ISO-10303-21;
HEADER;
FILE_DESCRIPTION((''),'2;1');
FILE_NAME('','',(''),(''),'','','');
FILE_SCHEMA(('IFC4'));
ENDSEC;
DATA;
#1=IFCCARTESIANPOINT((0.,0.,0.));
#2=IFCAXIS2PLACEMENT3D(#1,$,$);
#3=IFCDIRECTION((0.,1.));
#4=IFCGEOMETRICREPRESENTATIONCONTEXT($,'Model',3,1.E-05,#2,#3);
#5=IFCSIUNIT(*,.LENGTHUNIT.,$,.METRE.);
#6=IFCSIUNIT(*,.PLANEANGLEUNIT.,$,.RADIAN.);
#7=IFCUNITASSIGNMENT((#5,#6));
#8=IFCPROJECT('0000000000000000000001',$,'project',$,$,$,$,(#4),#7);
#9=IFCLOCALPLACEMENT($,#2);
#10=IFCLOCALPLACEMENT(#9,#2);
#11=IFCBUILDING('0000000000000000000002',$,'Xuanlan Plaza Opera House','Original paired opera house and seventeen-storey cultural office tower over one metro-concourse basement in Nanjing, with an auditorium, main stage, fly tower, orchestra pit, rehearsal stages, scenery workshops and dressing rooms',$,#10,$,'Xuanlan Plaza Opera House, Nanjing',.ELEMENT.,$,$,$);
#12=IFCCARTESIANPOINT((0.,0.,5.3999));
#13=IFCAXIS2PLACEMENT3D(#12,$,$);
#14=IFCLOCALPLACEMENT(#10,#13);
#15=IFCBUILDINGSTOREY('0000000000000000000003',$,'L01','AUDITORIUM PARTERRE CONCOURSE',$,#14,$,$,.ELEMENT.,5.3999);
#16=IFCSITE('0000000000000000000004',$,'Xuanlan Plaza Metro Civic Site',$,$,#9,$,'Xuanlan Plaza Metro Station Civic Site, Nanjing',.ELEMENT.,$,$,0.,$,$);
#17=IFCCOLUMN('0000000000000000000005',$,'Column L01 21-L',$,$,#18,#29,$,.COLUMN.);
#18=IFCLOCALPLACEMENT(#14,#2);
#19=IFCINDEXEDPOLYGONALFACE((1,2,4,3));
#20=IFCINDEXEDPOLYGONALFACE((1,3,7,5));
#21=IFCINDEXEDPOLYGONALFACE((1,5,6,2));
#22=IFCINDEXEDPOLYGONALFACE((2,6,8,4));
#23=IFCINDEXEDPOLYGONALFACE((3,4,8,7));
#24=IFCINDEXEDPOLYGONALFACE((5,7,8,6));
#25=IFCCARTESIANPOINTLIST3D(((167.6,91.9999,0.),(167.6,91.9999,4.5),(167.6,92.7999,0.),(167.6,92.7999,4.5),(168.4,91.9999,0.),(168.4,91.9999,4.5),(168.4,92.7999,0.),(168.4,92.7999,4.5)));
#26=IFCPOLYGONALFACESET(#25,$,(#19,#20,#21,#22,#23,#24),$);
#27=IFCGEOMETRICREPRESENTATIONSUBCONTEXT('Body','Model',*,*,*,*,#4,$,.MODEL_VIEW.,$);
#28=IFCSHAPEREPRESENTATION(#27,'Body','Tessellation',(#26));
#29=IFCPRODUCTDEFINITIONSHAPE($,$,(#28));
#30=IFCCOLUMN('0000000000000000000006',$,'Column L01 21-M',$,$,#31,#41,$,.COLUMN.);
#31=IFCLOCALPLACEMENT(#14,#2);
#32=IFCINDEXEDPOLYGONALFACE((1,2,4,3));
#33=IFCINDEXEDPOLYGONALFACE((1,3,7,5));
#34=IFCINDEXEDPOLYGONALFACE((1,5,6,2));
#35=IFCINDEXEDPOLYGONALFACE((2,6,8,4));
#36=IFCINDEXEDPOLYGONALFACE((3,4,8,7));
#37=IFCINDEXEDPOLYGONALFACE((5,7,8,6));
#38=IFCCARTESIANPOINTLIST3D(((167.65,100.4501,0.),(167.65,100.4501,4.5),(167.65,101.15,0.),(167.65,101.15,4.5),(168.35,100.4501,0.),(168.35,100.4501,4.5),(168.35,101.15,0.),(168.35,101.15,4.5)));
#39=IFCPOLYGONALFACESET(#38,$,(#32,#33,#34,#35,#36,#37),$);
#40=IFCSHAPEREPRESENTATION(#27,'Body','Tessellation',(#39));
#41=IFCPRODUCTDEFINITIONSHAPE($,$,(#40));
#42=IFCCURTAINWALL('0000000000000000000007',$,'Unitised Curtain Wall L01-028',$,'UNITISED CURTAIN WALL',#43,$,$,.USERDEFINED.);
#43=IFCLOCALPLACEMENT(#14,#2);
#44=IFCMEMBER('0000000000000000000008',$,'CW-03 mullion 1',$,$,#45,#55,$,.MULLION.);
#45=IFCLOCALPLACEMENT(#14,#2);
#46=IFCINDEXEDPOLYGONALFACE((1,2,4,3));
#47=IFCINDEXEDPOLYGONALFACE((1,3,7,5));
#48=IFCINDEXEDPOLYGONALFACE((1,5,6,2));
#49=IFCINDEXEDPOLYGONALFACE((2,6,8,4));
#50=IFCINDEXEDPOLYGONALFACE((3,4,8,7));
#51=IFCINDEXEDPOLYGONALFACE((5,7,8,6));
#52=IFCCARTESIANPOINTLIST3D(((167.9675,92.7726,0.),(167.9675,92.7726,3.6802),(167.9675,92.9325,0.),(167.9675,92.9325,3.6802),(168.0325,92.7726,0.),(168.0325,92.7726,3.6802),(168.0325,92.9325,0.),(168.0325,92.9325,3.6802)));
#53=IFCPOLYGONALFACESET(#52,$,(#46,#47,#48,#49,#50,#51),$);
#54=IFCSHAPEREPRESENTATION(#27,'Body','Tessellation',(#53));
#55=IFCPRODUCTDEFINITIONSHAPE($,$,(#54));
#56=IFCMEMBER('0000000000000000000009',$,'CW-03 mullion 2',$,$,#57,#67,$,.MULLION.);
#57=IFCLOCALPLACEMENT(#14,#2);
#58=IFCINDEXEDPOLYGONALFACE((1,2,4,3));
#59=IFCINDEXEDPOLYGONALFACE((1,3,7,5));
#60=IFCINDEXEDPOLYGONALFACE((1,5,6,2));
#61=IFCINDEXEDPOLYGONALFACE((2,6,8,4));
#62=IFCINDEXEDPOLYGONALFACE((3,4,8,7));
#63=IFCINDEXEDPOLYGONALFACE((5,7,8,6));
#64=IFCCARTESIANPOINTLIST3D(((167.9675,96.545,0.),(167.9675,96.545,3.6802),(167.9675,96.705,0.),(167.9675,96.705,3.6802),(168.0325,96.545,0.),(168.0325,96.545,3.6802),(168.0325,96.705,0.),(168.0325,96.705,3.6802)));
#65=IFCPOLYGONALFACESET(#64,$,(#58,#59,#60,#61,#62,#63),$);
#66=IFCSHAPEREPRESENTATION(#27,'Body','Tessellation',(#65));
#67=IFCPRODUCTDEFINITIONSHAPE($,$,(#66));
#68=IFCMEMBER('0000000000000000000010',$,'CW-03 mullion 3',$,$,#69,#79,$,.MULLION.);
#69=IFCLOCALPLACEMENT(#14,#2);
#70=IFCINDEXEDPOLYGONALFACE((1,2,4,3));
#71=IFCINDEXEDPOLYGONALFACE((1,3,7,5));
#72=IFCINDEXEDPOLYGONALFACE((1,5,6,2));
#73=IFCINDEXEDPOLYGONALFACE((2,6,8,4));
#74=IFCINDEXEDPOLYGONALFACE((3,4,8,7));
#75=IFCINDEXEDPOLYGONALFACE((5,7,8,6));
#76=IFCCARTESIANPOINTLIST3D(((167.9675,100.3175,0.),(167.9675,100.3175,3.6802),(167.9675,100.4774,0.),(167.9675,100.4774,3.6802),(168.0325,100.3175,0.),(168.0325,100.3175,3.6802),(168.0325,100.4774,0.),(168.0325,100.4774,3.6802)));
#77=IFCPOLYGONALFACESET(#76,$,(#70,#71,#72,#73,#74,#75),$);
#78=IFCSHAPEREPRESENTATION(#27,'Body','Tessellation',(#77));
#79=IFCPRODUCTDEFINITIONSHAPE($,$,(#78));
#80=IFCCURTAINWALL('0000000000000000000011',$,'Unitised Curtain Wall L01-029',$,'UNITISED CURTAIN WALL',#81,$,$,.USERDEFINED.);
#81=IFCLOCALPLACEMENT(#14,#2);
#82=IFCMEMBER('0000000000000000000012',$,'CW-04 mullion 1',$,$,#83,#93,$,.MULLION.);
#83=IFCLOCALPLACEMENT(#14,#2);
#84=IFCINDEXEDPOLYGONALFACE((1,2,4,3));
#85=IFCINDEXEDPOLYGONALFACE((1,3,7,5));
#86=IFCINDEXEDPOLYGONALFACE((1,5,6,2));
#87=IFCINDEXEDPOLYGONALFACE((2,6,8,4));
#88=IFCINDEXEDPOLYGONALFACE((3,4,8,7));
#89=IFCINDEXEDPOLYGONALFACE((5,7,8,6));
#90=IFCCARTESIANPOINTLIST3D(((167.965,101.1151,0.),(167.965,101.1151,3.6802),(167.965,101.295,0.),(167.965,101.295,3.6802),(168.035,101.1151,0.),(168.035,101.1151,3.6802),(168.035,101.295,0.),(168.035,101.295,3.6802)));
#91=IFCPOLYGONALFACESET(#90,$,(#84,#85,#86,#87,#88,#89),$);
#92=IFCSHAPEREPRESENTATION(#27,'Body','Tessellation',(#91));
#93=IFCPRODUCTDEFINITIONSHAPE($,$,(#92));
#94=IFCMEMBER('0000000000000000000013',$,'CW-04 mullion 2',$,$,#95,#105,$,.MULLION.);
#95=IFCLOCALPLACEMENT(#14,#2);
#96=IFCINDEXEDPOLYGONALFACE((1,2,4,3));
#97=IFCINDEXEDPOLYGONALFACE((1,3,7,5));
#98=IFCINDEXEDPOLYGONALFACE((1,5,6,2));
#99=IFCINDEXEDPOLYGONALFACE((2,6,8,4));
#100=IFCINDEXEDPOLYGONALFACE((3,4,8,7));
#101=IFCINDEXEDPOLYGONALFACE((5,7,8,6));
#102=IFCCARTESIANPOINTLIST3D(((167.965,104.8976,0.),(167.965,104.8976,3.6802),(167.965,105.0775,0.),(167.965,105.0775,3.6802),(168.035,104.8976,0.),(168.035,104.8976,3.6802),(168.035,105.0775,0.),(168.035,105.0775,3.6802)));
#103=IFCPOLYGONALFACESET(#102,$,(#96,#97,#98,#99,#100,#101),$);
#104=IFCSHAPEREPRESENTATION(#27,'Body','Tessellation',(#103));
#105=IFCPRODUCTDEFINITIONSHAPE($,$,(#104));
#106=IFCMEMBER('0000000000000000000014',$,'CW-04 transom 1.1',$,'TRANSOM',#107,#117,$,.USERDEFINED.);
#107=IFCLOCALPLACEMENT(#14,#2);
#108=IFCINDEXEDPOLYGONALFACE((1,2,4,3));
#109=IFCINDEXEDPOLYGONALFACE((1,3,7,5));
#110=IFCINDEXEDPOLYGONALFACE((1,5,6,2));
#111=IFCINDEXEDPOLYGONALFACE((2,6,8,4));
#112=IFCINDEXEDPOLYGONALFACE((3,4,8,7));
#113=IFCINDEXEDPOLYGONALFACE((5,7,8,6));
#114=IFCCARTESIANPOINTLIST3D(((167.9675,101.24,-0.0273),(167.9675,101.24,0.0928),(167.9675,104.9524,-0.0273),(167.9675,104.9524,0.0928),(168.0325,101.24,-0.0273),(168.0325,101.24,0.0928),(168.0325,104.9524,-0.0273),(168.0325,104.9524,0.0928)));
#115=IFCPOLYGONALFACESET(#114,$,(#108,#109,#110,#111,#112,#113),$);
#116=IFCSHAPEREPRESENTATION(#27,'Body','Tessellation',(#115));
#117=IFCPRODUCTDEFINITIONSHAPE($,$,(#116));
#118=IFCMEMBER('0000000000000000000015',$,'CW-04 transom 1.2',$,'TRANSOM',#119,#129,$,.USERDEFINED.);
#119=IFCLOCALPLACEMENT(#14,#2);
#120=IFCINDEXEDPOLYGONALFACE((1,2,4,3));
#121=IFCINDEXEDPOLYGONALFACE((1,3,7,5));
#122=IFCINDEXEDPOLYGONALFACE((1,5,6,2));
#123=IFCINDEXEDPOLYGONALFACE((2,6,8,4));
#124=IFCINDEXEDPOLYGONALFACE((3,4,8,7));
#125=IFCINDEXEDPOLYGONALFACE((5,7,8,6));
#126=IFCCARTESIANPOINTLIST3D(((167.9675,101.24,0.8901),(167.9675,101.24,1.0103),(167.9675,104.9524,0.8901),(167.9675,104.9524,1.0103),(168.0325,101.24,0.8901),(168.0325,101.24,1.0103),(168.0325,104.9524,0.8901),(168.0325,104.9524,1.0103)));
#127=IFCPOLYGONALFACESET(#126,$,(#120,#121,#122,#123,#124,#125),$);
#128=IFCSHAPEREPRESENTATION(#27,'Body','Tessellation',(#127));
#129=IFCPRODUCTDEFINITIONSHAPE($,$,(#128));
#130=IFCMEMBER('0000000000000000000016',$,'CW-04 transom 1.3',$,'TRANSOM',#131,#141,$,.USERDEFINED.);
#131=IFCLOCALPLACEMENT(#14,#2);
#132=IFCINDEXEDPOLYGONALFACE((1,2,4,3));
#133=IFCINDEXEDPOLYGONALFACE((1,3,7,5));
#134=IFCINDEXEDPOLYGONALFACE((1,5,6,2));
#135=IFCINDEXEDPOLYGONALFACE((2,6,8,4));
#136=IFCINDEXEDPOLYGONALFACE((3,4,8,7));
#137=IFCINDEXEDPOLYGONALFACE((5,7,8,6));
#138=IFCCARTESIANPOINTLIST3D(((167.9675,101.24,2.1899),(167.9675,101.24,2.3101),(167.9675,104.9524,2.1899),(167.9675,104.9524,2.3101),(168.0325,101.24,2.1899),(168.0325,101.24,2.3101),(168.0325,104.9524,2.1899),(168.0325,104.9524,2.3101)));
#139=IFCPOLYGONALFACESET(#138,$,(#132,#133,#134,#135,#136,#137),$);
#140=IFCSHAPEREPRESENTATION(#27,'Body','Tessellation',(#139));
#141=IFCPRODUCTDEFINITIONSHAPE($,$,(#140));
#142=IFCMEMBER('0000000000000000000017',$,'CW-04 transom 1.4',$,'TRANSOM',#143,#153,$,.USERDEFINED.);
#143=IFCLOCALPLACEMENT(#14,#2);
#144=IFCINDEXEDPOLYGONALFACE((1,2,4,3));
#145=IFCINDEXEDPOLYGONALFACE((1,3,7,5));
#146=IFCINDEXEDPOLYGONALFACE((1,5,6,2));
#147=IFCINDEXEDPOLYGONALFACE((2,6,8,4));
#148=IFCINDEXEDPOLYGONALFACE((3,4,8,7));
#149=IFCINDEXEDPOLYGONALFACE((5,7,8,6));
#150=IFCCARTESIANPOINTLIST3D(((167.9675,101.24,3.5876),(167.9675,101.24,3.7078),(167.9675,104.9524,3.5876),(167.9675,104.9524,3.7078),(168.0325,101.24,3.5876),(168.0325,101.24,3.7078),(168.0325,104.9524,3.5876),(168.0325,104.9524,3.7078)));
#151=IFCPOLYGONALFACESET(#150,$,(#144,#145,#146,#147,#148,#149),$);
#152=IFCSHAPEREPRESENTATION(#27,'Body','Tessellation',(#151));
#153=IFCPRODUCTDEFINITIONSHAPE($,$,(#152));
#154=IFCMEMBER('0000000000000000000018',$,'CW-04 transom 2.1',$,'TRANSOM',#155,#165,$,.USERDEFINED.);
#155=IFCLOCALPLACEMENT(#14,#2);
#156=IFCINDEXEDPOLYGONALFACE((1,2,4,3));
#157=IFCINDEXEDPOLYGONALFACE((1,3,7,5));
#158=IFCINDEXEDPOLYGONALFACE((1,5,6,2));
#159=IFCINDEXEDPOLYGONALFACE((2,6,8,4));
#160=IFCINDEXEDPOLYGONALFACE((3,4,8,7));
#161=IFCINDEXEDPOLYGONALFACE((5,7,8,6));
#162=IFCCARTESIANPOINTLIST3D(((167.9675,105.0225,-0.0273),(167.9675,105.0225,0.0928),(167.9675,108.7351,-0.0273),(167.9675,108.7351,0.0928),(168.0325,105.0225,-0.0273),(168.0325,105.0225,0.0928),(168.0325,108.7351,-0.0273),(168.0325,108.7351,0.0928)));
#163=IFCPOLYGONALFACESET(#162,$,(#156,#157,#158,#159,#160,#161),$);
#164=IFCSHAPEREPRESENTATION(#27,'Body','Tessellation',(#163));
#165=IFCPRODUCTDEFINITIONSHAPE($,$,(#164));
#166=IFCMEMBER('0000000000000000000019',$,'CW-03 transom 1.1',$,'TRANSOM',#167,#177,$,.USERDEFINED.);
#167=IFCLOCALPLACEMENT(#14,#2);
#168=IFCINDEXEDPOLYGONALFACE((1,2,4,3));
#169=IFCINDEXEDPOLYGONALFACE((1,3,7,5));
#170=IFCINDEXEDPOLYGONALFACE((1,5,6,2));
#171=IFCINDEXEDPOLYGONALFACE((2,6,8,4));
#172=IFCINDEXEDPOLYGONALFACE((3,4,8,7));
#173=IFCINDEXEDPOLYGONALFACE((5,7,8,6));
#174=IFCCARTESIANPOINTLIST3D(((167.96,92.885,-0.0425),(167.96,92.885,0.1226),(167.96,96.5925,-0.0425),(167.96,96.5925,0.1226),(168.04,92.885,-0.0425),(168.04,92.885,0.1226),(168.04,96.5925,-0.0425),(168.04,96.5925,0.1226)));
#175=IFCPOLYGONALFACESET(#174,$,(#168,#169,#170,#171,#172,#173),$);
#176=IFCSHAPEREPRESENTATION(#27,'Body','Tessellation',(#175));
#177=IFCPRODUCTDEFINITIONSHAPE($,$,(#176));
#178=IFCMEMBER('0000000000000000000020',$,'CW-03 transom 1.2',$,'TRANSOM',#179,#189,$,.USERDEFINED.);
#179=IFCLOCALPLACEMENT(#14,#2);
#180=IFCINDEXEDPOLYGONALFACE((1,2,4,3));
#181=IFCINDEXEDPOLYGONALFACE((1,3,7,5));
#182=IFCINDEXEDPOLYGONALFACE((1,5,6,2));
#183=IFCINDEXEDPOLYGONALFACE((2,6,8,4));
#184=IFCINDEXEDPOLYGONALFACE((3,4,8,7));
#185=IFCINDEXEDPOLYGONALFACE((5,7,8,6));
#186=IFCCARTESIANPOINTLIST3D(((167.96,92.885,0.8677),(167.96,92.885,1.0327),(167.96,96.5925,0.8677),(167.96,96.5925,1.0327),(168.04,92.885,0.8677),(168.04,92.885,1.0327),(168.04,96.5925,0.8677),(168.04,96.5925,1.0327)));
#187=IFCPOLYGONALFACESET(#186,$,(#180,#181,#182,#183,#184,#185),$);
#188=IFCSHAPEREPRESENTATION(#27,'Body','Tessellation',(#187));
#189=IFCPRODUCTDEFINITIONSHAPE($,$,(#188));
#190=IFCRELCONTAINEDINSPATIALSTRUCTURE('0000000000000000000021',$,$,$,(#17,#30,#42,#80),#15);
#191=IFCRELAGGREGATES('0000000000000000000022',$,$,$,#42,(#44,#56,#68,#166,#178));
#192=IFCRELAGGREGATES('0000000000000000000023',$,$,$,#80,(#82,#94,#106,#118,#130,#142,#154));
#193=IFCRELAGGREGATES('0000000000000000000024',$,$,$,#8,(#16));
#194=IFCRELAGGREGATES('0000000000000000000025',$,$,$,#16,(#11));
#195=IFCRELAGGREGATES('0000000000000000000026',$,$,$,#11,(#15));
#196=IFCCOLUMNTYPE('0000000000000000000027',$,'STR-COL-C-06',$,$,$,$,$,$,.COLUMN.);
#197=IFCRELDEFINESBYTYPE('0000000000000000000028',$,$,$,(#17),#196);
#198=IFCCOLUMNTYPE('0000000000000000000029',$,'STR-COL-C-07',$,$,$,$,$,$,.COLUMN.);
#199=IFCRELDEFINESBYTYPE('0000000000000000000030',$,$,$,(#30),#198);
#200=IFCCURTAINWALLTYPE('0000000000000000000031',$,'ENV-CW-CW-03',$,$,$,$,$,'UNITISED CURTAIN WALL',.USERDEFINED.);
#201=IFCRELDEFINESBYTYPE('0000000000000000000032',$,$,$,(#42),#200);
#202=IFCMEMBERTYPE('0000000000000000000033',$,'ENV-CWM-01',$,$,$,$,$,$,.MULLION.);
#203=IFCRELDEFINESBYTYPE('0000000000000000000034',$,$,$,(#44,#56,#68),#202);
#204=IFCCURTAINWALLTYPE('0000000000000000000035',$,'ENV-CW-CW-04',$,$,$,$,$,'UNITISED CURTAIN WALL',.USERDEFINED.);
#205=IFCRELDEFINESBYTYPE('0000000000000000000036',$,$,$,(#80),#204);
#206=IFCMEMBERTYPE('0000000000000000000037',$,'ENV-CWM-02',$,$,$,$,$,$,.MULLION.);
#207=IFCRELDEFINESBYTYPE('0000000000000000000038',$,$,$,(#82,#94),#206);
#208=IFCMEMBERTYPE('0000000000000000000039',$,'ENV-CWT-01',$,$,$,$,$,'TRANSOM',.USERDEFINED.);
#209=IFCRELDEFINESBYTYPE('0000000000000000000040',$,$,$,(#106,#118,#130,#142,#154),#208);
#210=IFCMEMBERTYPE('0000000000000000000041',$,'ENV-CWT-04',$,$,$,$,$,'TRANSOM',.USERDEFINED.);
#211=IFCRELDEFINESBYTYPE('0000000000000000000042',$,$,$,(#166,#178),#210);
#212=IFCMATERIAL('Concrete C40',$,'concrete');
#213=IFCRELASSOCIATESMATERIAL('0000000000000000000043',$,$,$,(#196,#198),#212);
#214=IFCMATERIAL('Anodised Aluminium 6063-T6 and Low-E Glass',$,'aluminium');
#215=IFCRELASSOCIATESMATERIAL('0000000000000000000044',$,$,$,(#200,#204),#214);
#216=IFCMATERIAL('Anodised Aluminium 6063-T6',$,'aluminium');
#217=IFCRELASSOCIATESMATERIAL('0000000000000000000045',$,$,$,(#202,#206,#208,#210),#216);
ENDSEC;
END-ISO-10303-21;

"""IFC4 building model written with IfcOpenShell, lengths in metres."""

from ifc_helpers import new_model, si_unit, direction, frame, origin, origin_2d, place, context, subcontext, project, spatial, rectangle, extrude, material, material_profile, profile_set, type_object, element, aggregate, save


model = new_model("IFC4")

# Units and contexts
model_context = context("Model", 3, precision=1e-05, world=origin(), true_north=direction((0.0, 1.0)))
body_context = subcontext(model_context, "Body", "Model", "MODEL_VIEW")
ifc_project = project(units=[si_unit("LENGTHUNIT", "METRE"), si_unit("PLANEANGLEUNIT", "RADIAN")], contexts=[model_context])

# Site, building, storey
site_placement = place(None, origin())
site = spatial("IfcSite", under=ifc_project, at=site_placement, Name="Xuanlan Plaza Metro Civic Site", LongName="Xuanlan Plaza Metro Station Civic Site, Nanjing", CompositionType="ELEMENT", RefElevation=0.0)
building_placement = place(site_placement, origin())
building = spatial("IfcBuilding", under=site, at=building_placement, Name="Xuanlan Plaza Opera House", Description="Original paired opera house and seventeen-storey cultural office tower over one metro-concourse basement in Nanjing, with an auditorium, main stage, fly tower, orchestra pit, rehearsal stages, scenery workshops and dressing rooms", LongName="Xuanlan Plaza Opera House, Nanjing", CompositionType="ELEMENT")
storey_placement = place(building_placement, frame((0.0, 0.0, 5.3999)))
storey = spatial("IfcBuildingStorey", under=building, at=storey_placement, Name="L01", Description="AUDITORIUM PARTERRE CONCOURSE", CompositionType="ELEMENT", Elevation=5.3999)

# Columns
ifc_material_1 = material(Name="Concrete C40", Category="concrete")
ifc_material_profile_1 = material_profile(ifc_material_1, rectangle(XDim=0.8, YDim=0.8, at=origin_2d()), Name="RC-COL 800x800")
ifc_profile_set_1 = profile_set([ifc_material_profile_1], Name="Concrete C40")
column_type_1 = type_object("IfcColumnType", Name="STR-COL-C-06", PredefinedType="COLUMN", material=ifc_profile_set_1)
column_1_placement = place(storey_placement, frame((168.0, 92.3999, 0.0), z_axis=(0.0, 0.0, 1.0), x_axis=(1.0, 0.0, 0.0)))
element("IfcColumn", 1, at=column_1_placement, inside=storey, type_object=column_type_1, Name="Column L01 21-L", PredefinedType="COLUMN", context=body_context, shape_type="SweptSolid", body=[
    extrude(rectangle(XDim=0.8, YDim=0.8, at=origin_2d()), origin(), (0.0, 0.0, 1.0), 4.5),
])
ifc_material_profile_2 = material_profile(ifc_material_1, rectangle(XDim=0.7, YDim=0.7, at=origin_2d()), Name="RC-COL 700x700")
ifc_profile_set_2 = profile_set([ifc_material_profile_2], Name="Concrete C40")
column_type_2 = type_object("IfcColumnType", Name="STR-COL-C-07", PredefinedType="COLUMN", material=ifc_profile_set_2)
column_2_placement = place(storey_placement, frame((168.0, 100.8, 0.0), z_axis=(0.0, 0.0, 1.0), x_axis=(1.0, 0.0, 0.0)))
element("IfcColumn", 2, at=column_2_placement, inside=storey, type_object=column_type_2, Name="Column L01 21-M", PredefinedType="COLUMN", context=body_context, shape_type="SweptSolid", body=[
    extrude(rectangle(XDim=0.7, YDim=0.7, at=origin_2d()), origin(), (0.0, 0.0, 1.0), 4.5),
])

# Curtain walls, members
ifc_material_2 = material(Name="Anodised Aluminium 6063-T6 and Low-E Glass", Category="aluminium")
curtain_wall_type_1 = type_object("IfcCurtainWallType", Name="ENV-CW-CW-03", ElementType="UNITISED CURTAIN WALL", PredefinedType="USERDEFINED", material=ifc_material_2)
curtain_wall_1_placement = place(storey_placement, origin())
curtain_wall_1 = element("IfcCurtainWall", 3, at=curtain_wall_1_placement, inside=storey, type_object=curtain_wall_type_1, Name="Unitised Curtain Wall L01-028", ObjectType="UNITISED CURTAIN WALL", PredefinedType="USERDEFINED")
ifc_material_3 = material(Name="Anodised Aluminium 6063-T6", Category="aluminium")
ifc_material_profile_3 = material_profile(ifc_material_3, rectangle(XDim=0.0649, YDim=0.1599, at=origin_2d()), Name="ALU-M 65x160")
ifc_profile_set_3 = profile_set([ifc_material_profile_3], Name="Anodised Aluminium 6063-T6")
member_type_1 = type_object("IfcMemberType", Name="ENV-CWM-01", PredefinedType="MULLION", material=ifc_profile_set_3)
member_1_placement = place(storey_placement, frame((168.0, 92.8525, 0.0), z_axis=(0.0, 0.0, 1.0), x_axis=(-1.0, 0.0, 0.0)))
member_1 = element("IfcMember", 4, at=member_1_placement, type_object=member_type_1, Name="CW-03 mullion 1", PredefinedType="MULLION", context=body_context, shape_type="SweptSolid", body=[
    extrude(rectangle(XDim=0.0649, YDim=0.1599, at=origin_2d()), origin(), (0.0, 0.0, 1.0), 3.6802),
])
member_2_placement = place(storey_placement, frame((168.0, 96.625, 0.0), z_axis=(0.0, 0.0, 1.0), x_axis=(-1.0, 0.0, 0.0)))
member_2 = element("IfcMember", 5, at=member_2_placement, type_object=member_type_1, Name="CW-03 mullion 2", PredefinedType="MULLION", context=body_context, shape_type="SweptSolid", body=[
    extrude(rectangle(XDim=0.0649, YDim=0.1599, at=origin_2d()), origin(), (0.0, 0.0, 1.0), 3.6802),
])
member_3_placement = place(storey_placement, frame((168.0, 100.3975, 0.0), z_axis=(0.0, 0.0, 1.0), x_axis=(-1.0, 0.0, 0.0)))
member_3 = element("IfcMember", 6, at=member_3_placement, type_object=member_type_1, Name="CW-03 mullion 3", PredefinedType="MULLION", context=body_context, shape_type="SweptSolid", body=[
    extrude(rectangle(XDim=0.0649, YDim=0.1599, at=origin_2d()), origin(), (0.0, 0.0, 1.0), 3.6802),
])
curtain_wall_type_2 = type_object("IfcCurtainWallType", Name="ENV-CW-CW-04", ElementType="UNITISED CURTAIN WALL", PredefinedType="USERDEFINED", material=ifc_material_2)
curtain_wall_2_placement = place(storey_placement, origin())
curtain_wall_2 = element("IfcCurtainWall", 7, at=curtain_wall_2_placement, inside=storey, type_object=curtain_wall_type_2, Name="Unitised Curtain Wall L01-029", ObjectType="UNITISED CURTAIN WALL", PredefinedType="USERDEFINED")
ifc_material_profile_4 = material_profile(ifc_material_3, rectangle(XDim=0.0701, YDim=0.1799, at=origin_2d()), Name="ALU-M 70x180")
ifc_profile_set_4 = profile_set([ifc_material_profile_4], Name="Anodised Aluminium 6063-T6")
member_type_2 = type_object("IfcMemberType", Name="ENV-CWM-02", PredefinedType="MULLION", material=ifc_profile_set_4)
member_4_placement = place(storey_placement, frame((168.0, 101.2051, 0.0), z_axis=(0.0, 0.0, 1.0), x_axis=(-1.0, 0.0, 0.0)))
member_4 = element("IfcMember", 8, at=member_4_placement, type_object=member_type_2, Name="CW-04 mullion 1", PredefinedType="MULLION", context=body_context, shape_type="SweptSolid", body=[
    extrude(rectangle(XDim=0.0701, YDim=0.1799, at=origin_2d()), origin(), (0.0, 0.0, 1.0), 3.6802),
])
member_5_placement = place(storey_placement, frame((168.0, 104.9875, 0.0), z_axis=(0.0, 0.0, 1.0), x_axis=(-1.0, 0.0, 0.0)))
member_5 = element("IfcMember", 9, at=member_5_placement, type_object=member_type_2, Name="CW-04 mullion 2", PredefinedType="MULLION", context=body_context, shape_type="SweptSolid", body=[
    extrude(rectangle(XDim=0.0701, YDim=0.1799, at=origin_2d()), origin(), (0.0, 0.0, 1.0), 3.6802),
])
ifc_material_profile_5 = material_profile(ifc_material_3, rectangle(XDim=0.0649, YDim=0.1201, at=origin_2d()), Name="ALU-T 65x120")
ifc_profile_set_5 = profile_set([ifc_material_profile_5], Name="Anodised Aluminium 6063-T6")
member_type_3 = type_object("IfcMemberType", Name="ENV-CWT-01", ElementType="TRANSOM", PredefinedType="USERDEFINED", material=ifc_profile_set_5)
member_6_placement = place(storey_placement, frame((168.0, 101.24, 0.0327), z_axis=(0.0, 1.0, 0.0), x_axis=(-1.0, 0.0, 0.0)))
member_6 = element("IfcMember", 10, at=member_6_placement, type_object=member_type_3, Name="CW-04 transom 1.1", ObjectType="TRANSOM", PredefinedType="USERDEFINED", context=body_context, shape_type="SweptSolid", body=[
    extrude(rectangle(XDim=0.0649, YDim=0.1201, at=origin_2d()), origin(), (0.0, 0.0, 1.0), 3.7124),
])
member_7_placement = place(storey_placement, frame((168.0, 101.24, 0.9502), z_axis=(0.0, 1.0, 0.0), x_axis=(-1.0, 0.0, 0.0)))
member_7 = element("IfcMember", 11, at=member_7_placement, type_object=member_type_3, Name="CW-04 transom 1.2", ObjectType="TRANSOM", PredefinedType="USERDEFINED", context=body_context, shape_type="SweptSolid", body=[
    extrude(rectangle(XDim=0.0649, YDim=0.1201, at=origin_2d()), origin(), (0.0, 0.0, 1.0), 3.7124),
])
member_8_placement = place(storey_placement, frame((168.0, 101.24, 2.25), z_axis=(0.0, 1.0, 0.0), x_axis=(-1.0, 0.0, 0.0)))
member_8 = element("IfcMember", 12, at=member_8_placement, type_object=member_type_3, Name="CW-04 transom 1.3", ObjectType="TRANSOM", PredefinedType="USERDEFINED", context=body_context, shape_type="SweptSolid", body=[
    extrude(rectangle(XDim=0.0649, YDim=0.1201, at=origin_2d()), origin(), (0.0, 0.0, 1.0), 3.7124),
])
member_9_placement = place(storey_placement, frame((168.0, 101.24, 3.6477), z_axis=(0.0, 1.0, 0.0), x_axis=(-1.0, 0.0, 0.0)))
member_9 = element("IfcMember", 13, at=member_9_placement, type_object=member_type_3, Name="CW-04 transom 1.4", ObjectType="TRANSOM", PredefinedType="USERDEFINED", context=body_context, shape_type="SweptSolid", body=[
    extrude(rectangle(XDim=0.0649, YDim=0.1201, at=origin_2d()), origin(), (0.0, 0.0, 1.0), 3.7124),
])
member_10_placement = place(storey_placement, frame((168.0, 105.0225, 0.0327), z_axis=(0.0, 1.0, 0.0), x_axis=(-1.0, 0.0, 0.0)))
member_10 = element("IfcMember", 14, at=member_10_placement, type_object=member_type_3, Name="CW-04 transom 2.1", ObjectType="TRANSOM", PredefinedType="USERDEFINED", context=body_context, shape_type="SweptSolid", body=[
    extrude(rectangle(XDim=0.0649, YDim=0.1201, at=origin_2d()), origin(), (0.0, 0.0, 1.0), 3.7126),
])

# Members
ifc_material_profile_6 = material_profile(ifc_material_3, rectangle(XDim=0.0801, YDim=0.165, at=origin_2d()), Name="ALU-T 80x165")
ifc_profile_set_6 = profile_set([ifc_material_profile_6], Name="Anodised Aluminium 6063-T6")
member_type_4 = type_object("IfcMemberType", Name="ENV-CWT-04", ElementType="TRANSOM", PredefinedType="USERDEFINED", material=ifc_profile_set_6)
member_11_placement = place(storey_placement, frame((168.0, 92.885, 0.04), z_axis=(0.0, 1.0, 0.0), x_axis=(-1.0, 0.0, 0.0)))
member_11 = element("IfcMember", 15, at=member_11_placement, type_object=member_type_4, Name="CW-03 transom 1.1", ObjectType="TRANSOM", PredefinedType="USERDEFINED", context=body_context, shape_type="SweptSolid", body=[
    extrude(rectangle(XDim=0.0801, YDim=0.165, at=origin_2d()), origin(), (0.0, 0.0, 1.0), 3.7075),
])
member_12_placement = place(storey_placement, frame((168.0, 92.885, 0.9502), z_axis=(0.0, 1.0, 0.0), x_axis=(-1.0, 0.0, 0.0)))
member_12 = element("IfcMember", 16, at=member_12_placement, type_object=member_type_4, Name="CW-03 transom 1.2", ObjectType="TRANSOM", PredefinedType="USERDEFINED", context=body_context, shape_type="SweptSolid", body=[
    extrude(rectangle(XDim=0.0801, YDim=0.165, at=origin_2d()), origin(), (0.0, 0.0, 1.0), 3.7075),
])

aggregate(curtain_wall_1, [member_1, member_2, member_3, member_11, member_12])
aggregate(curtain_wall_2, [member_4, member_5, member_6, member_7, member_8, member_9, member_10])

save(model, "model.ifc")
